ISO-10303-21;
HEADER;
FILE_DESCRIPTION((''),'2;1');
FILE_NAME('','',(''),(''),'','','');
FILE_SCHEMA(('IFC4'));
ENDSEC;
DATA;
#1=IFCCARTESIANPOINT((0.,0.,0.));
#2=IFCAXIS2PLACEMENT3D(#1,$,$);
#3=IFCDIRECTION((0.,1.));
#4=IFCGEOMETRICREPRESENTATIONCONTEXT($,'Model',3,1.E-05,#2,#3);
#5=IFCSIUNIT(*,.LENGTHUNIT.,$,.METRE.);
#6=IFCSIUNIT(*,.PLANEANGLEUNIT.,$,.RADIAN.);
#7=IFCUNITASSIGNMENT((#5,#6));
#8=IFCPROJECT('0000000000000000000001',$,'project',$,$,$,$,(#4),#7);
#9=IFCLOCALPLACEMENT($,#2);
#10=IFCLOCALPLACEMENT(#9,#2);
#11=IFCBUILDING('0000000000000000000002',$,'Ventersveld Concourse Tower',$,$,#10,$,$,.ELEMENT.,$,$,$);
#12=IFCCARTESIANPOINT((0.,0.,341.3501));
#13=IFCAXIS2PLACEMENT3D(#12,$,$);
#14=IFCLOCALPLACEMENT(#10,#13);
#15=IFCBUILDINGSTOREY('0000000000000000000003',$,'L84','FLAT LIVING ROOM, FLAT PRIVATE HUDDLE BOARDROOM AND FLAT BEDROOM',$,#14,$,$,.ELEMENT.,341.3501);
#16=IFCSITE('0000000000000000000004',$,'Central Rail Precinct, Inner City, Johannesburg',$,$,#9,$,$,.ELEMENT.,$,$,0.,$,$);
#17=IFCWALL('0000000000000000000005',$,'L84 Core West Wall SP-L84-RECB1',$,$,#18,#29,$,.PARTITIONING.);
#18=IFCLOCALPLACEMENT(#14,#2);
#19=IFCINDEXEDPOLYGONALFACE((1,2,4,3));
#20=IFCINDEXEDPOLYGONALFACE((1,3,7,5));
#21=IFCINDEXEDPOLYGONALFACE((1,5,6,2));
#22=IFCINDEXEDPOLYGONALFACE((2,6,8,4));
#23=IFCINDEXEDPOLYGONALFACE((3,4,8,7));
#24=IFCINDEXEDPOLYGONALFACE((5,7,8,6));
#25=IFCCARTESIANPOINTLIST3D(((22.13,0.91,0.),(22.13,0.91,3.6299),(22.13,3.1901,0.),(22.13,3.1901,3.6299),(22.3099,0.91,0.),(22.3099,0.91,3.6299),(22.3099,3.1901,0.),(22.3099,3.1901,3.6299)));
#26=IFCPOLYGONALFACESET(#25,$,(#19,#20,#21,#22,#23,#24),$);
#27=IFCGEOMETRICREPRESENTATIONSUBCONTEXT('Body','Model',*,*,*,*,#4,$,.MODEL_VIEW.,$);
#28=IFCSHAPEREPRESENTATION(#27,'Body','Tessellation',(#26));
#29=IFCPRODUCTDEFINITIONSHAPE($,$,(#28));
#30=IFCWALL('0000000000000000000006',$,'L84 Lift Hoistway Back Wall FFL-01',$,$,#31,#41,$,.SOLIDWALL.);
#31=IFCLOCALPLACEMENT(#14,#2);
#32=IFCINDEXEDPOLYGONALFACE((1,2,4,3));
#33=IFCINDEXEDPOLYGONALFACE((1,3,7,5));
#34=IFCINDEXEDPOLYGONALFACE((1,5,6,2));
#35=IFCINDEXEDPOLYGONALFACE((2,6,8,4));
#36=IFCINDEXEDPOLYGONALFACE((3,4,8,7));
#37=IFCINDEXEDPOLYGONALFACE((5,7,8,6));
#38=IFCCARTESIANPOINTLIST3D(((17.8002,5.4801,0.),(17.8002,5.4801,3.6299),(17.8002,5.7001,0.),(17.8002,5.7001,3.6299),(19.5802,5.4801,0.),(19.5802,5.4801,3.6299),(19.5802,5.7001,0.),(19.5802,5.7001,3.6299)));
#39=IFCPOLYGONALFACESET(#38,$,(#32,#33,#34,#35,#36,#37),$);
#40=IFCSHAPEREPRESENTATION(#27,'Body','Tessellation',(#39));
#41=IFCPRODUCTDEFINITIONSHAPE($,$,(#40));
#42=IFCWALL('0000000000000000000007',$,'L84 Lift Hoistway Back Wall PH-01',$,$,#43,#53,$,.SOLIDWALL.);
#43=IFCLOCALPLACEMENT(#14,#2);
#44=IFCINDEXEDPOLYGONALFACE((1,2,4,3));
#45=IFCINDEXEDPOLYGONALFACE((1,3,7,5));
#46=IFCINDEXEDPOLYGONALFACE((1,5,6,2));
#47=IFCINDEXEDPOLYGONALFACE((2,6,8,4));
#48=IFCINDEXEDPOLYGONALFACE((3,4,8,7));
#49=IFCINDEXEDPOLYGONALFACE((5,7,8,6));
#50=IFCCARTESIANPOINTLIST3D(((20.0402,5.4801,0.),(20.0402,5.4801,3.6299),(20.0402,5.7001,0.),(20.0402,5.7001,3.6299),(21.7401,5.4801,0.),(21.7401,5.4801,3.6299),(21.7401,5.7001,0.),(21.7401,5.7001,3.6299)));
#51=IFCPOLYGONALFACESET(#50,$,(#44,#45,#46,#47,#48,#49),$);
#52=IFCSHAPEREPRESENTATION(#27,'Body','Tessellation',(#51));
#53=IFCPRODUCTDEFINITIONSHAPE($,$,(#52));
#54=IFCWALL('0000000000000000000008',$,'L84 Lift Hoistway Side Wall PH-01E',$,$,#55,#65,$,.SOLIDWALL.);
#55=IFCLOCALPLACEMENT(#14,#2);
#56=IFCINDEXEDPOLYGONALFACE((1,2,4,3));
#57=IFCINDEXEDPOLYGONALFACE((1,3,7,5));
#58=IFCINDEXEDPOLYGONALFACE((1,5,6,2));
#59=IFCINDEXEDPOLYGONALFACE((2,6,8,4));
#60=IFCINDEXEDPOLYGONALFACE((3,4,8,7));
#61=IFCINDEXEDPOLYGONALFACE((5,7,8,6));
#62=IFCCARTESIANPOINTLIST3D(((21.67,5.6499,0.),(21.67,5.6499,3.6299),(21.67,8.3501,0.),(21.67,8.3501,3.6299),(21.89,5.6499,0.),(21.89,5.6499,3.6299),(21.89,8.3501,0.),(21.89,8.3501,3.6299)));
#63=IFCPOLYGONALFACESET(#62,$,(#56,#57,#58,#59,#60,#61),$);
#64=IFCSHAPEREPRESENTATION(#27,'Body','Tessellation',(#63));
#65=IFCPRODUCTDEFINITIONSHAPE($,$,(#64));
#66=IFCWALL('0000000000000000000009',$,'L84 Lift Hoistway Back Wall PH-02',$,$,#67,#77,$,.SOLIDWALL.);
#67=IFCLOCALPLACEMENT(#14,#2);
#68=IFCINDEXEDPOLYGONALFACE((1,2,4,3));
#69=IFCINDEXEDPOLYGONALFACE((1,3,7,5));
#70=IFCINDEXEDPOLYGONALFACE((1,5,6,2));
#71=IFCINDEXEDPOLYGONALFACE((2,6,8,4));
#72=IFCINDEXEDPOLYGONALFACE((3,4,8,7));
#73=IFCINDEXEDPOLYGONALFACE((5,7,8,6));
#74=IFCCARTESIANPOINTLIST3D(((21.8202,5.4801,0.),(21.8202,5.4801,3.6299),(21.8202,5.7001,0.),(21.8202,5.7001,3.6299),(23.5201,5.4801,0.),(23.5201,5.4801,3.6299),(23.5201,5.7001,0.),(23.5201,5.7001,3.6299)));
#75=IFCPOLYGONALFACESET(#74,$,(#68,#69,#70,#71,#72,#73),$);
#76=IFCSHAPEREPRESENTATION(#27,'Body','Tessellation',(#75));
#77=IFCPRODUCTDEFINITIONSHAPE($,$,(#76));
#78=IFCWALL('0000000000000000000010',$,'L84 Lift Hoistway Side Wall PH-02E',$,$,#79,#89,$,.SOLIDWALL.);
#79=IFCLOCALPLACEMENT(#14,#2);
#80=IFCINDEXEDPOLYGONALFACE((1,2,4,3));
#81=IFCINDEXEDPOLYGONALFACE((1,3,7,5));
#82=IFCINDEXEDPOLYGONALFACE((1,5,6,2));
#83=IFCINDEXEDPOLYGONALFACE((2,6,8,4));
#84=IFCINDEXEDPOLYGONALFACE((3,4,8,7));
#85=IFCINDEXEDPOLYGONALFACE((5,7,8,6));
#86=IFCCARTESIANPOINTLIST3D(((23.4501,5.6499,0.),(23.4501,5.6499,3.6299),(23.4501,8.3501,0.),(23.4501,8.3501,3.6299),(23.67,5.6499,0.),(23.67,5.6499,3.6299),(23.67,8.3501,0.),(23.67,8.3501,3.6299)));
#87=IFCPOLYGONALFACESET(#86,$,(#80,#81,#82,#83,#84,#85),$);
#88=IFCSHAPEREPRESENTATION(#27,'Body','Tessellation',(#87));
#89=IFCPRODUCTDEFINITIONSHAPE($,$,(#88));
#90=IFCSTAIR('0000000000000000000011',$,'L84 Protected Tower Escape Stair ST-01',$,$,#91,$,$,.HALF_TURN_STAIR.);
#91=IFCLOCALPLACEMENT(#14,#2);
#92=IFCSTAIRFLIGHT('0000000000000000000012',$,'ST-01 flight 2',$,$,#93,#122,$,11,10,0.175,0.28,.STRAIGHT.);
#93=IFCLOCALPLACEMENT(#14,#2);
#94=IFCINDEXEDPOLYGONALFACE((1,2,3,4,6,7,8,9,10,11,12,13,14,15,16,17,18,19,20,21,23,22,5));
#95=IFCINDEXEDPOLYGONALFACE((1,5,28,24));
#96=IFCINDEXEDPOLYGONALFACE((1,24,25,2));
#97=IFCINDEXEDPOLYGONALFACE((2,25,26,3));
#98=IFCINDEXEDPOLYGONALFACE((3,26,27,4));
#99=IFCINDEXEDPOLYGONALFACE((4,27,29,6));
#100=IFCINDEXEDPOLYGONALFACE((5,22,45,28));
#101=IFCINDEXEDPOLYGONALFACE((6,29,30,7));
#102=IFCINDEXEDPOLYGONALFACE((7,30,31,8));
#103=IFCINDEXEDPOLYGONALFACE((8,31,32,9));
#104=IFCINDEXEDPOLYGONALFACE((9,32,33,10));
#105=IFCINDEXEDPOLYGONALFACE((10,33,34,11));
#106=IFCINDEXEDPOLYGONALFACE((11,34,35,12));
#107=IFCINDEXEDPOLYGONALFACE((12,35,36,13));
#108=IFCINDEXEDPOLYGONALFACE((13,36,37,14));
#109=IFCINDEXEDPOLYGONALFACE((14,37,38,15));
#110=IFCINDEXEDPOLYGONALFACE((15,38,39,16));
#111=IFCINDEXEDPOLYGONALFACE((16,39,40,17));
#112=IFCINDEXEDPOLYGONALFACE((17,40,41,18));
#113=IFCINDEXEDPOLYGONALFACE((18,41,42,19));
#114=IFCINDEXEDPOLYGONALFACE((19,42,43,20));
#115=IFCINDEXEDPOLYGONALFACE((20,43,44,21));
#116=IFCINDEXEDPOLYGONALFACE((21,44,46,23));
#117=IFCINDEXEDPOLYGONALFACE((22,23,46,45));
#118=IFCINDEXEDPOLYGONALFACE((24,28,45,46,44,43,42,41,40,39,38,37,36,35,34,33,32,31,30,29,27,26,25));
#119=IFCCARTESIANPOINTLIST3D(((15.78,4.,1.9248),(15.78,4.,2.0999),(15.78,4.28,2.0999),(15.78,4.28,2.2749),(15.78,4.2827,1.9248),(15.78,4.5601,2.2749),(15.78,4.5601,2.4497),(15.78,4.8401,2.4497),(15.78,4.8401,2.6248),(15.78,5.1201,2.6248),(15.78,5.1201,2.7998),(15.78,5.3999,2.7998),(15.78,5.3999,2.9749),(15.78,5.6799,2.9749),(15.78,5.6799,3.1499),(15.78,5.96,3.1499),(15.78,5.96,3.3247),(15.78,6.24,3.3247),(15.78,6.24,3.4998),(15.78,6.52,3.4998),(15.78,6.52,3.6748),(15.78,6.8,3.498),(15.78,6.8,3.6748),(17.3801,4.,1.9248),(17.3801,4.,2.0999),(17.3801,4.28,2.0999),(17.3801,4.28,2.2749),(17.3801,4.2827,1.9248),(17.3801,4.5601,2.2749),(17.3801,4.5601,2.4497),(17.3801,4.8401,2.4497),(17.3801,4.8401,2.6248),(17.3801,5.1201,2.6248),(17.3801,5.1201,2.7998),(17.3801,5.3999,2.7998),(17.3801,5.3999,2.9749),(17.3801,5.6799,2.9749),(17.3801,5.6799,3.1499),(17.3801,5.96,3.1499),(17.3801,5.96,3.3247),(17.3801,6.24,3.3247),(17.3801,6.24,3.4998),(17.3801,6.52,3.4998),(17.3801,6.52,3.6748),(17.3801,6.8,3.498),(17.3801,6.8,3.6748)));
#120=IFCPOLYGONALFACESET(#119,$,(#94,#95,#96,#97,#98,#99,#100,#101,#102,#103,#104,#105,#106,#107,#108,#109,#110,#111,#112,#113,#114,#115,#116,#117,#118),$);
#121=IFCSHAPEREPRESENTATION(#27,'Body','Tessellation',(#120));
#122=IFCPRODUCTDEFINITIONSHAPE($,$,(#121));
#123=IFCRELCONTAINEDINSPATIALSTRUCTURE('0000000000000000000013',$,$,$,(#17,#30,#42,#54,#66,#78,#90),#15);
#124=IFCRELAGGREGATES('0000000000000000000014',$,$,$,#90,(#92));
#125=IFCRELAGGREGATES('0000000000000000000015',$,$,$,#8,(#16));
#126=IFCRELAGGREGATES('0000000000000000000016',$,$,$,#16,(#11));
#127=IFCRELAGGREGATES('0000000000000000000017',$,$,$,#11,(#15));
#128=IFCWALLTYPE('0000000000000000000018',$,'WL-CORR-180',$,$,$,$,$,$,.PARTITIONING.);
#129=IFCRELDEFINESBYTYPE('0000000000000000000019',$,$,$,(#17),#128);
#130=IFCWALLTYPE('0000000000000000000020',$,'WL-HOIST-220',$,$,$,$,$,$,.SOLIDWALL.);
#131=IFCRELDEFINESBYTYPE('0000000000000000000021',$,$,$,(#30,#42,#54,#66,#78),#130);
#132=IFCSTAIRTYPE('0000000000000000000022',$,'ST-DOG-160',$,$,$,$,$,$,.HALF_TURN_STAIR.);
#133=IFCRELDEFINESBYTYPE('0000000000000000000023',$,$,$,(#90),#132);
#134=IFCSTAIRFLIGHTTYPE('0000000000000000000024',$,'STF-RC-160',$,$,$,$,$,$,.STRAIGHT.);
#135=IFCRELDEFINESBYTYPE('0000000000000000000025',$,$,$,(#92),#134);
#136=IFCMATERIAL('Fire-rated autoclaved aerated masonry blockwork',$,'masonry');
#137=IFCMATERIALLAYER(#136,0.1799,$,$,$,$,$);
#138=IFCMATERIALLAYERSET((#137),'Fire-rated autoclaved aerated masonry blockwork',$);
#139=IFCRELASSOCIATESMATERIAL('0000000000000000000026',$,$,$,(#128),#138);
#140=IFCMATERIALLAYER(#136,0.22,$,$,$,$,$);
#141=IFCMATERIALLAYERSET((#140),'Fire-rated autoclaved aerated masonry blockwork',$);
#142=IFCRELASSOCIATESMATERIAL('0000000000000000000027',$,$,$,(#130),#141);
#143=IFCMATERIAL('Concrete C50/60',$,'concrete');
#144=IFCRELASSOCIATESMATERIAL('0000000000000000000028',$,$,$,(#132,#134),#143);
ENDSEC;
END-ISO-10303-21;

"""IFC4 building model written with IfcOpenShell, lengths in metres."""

from ifc_helpers import new_model, si_unit, direction, frame, frame_2d, origin, place, context, subcontext, project, spatial, polyline, rectangle, outline, extrude, material, layer, layer_set, type_object, element, aggregate, save


model = new_model("IFC4")

# Units and contexts
model_context = context("Model", 3, precision=1e-05, world=origin(), true_north=direction((0.0, 1.0)))
body_context = subcontext(model_context, "Body", "Model", "MODEL_VIEW")
ifc_project = project(units=[si_unit("LENGTHUNIT", "METRE"), si_unit("PLANEANGLEUNIT", "RADIAN")], contexts=[model_context])

# Site, building, storey
site_placement = place(None, origin())
site = spatial("IfcSite", under=ifc_project, at=site_placement, Name="Central Rail Precinct, Inner City, Johannesburg", CompositionType="ELEMENT", RefElevation=0.0)
building_placement = place(site_placement, origin())
building = spatial("IfcBuilding", under=site, at=building_placement, Name="Ventersveld Concourse Tower", CompositionType="ELEMENT")
storey_placement = place(building_placement, frame((0.0, 0.0, 341.3501)))
storey = spatial("IfcBuildingStorey", under=building, at=storey_placement, Name="L84", Description="FLAT LIVING ROOM, FLAT PRIVATE HUDDLE BOARDROOM AND FLAT BEDROOM", CompositionType="ELEMENT", Elevation=341.3501)

# Shared definitions
ifc_material_1 = material(Name="Concrete C50/60", Category="concrete")

# Walls
ifc_material_2 = material(Name="Fire-rated autoclaved aerated masonry blockwork", Category="masonry")
ifc_layer_1 = layer(ifc_material_2, 0.1799)
ifc_layer_set_1 = layer_set([ifc_layer_1], Name="Fire-rated autoclaved aerated masonry blockwork")
wall_type_1 = type_object("IfcWallType", Name="WL-CORR-180", PredefinedType="PARTITIONING", material=ifc_layer_set_1)
wall_1_placement = place(storey_placement, frame((22.22, 0.9099, 0.0), z_axis=(0.0, 0.0, 1.0), x_axis=(0.0, 1.0, 0.0)))
element("IfcWall", 1, at=wall_1_placement, inside=storey, type_object=wall_type_1, Name="L84 Core West Wall SP-L84-RECB1", PredefinedType="PARTITIONING", context=body_context, shape_type="SweptSolid", body=[
    extrude(rectangle(XDim=2.28, YDim=0.1799, at=frame_2d((1.1401, 0.0))), origin(), (0.0, 0.0, 1.0), 3.6299),
])
ifc_layer_2 = layer(ifc_material_2, 0.22)
ifc_layer_set_2 = layer_set([ifc_layer_2], Name="Fire-rated autoclaved aerated masonry blockwork")
wall_type_2 = type_object("IfcWallType", Name="WL-HOIST-220", PredefinedType="SOLIDWALL", material=ifc_layer_set_2)
wall_2_placement = place(storey_placement, frame((17.8, 5.5901, 0.0), z_axis=(0.0, 0.0, 1.0), x_axis=(1.0, 0.0, 0.0)))
element("IfcWall", 2, at=wall_2_placement, inside=storey, type_object=wall_type_2, Name="L84 Lift Hoistway Back Wall FFL-01", PredefinedType="SOLIDWALL", context=body_context, shape_type="SweptSolid", body=[
    extrude(rectangle(XDim=1.78, YDim=0.22, at=frame_2d((0.8901, 0.0))), origin(), (0.0, 0.0, 1.0), 3.6299),
])
wall_3_placement = place(storey_placement, frame((20.04, 5.5901, 0.0), z_axis=(0.0, 0.0, 1.0), x_axis=(1.0, 0.0, 0.0)))
element("IfcWall", 3, at=wall_3_placement, inside=storey, type_object=wall_type_2, Name="L84 Lift Hoistway Back Wall PH-01", PredefinedType="SOLIDWALL", context=body_context, shape_type="SweptSolid", body=[
    extrude(rectangle(XDim=1.7, YDim=0.22, at=frame_2d((0.8501, 0.0))), origin(), (0.0, 0.0, 1.0), 3.6299),
])
wall_4_placement = place(storey_placement, frame((21.78, 5.6499, 0.0), z_axis=(0.0, 0.0, 1.0), x_axis=(0.0, 1.0, 0.0)))
element("IfcWall", 4, at=wall_4_placement, inside=storey, type_object=wall_type_2, Name="L84 Lift Hoistway Side Wall PH-01E", PredefinedType="SOLIDWALL", context=body_context, shape_type="SweptSolid", body=[
    extrude(rectangle(XDim=2.7002, YDim=0.22, at=frame_2d((1.3501, 0.0))), origin(), (0.0, 0.0, 1.0), 3.6299),
])
wall_5_placement = place(storey_placement, frame((21.8201, 5.5901, 0.0), z_axis=(0.0, 0.0, 1.0), x_axis=(1.0, 0.0, 0.0)))
element("IfcWall", 5, at=wall_5_placement, inside=storey, type_object=wall_type_2, Name="L84 Lift Hoistway Back Wall PH-02", PredefinedType="SOLIDWALL", context=body_context, shape_type="SweptSolid", body=[
    extrude(rectangle(XDim=1.7, YDim=0.22, at=frame_2d((0.8501, 0.0))), origin(), (0.0, 0.0, 1.0), 3.6299),
])
wall_6_placement = place(storey_placement, frame((23.5601, 5.6499, 0.0), z_axis=(0.0, 0.0, 1.0), x_axis=(0.0, 1.0, 0.0)))
element("IfcWall", 6, at=wall_6_placement, inside=storey, type_object=wall_type_2, Name="L84 Lift Hoistway Side Wall PH-02E", PredefinedType="SOLIDWALL", context=body_context, shape_type="SweptSolid", body=[
    extrude(rectangle(XDim=2.7002, YDim=0.22, at=frame_2d((1.3501, 0.0))), origin(), (0.0, 0.0, 1.0), 3.6299),
])

# Stair, stair flight
stair_type = type_object("IfcStairType", Name="ST-DOG-160", PredefinedType="HALF_TURN_STAIR", material=ifc_material_1)
stair_placement = place(storey_placement, origin())
stair = element("IfcStair", 7, at=stair_placement, inside=storey, type_object=stair_type, Name="L84 Protected Tower Escape Stair ST-01", PredefinedType="HALF_TURN_STAIR")
stair_flight_type = type_object("IfcStairFlightType", Name="STF-RC-160", PredefinedType="STRAIGHT", material=ifc_material_1)
stair_flight_placement = place(storey_placement, frame((16.5801, 4.0, 1.9248), z_axis=(0.0, 0.0, 1.0), x_axis=(0.0, 1.0, 0.0)))
stair_flight = element("IfcStairFlight", 8, at=stair_flight_placement, type_object=stair_flight_type, Name="ST-01 flight 2", NumberOfRisers=11, NumberOfTreads=10, PredefinedType="STRAIGHT", RiserHeight=0.175, TreadLength=0.28, context=body_context, shape_type="SweptSolid", body=[
    extrude(outline(polyline([(0.0, 0.0), (0.0, 0.175), (0.28, 0.175), (0.28, 0.3501), (0.5601, 0.3501), (0.5601, 0.5249), (0.8401, 0.5249), (0.8401, 0.7), (1.1201, 0.7), (1.1201, 0.875), (1.3999, 0.875), (1.3999, 1.05), (1.6799, 1.05), (1.6799, 1.2251), (1.96, 1.2251), (1.96, 1.3999), (2.24, 1.3999), (2.24, 1.575), (2.52, 1.575), (2.52, 1.75), (2.8, 1.75), (2.8, 1.925), (2.8, 1.5732), (0.2827, 0.0), (0.0, 0.0)])), frame((0.0, 0.8, 0.0), z_axis=(0.0, -1.0, 0.0), x_axis=(1.0, 0.0, 0.0)), (0.0, 0.0, 1.0), 1.6001),
])
aggregate(stair, [stair_flight])

save(model, "model.ifc")
